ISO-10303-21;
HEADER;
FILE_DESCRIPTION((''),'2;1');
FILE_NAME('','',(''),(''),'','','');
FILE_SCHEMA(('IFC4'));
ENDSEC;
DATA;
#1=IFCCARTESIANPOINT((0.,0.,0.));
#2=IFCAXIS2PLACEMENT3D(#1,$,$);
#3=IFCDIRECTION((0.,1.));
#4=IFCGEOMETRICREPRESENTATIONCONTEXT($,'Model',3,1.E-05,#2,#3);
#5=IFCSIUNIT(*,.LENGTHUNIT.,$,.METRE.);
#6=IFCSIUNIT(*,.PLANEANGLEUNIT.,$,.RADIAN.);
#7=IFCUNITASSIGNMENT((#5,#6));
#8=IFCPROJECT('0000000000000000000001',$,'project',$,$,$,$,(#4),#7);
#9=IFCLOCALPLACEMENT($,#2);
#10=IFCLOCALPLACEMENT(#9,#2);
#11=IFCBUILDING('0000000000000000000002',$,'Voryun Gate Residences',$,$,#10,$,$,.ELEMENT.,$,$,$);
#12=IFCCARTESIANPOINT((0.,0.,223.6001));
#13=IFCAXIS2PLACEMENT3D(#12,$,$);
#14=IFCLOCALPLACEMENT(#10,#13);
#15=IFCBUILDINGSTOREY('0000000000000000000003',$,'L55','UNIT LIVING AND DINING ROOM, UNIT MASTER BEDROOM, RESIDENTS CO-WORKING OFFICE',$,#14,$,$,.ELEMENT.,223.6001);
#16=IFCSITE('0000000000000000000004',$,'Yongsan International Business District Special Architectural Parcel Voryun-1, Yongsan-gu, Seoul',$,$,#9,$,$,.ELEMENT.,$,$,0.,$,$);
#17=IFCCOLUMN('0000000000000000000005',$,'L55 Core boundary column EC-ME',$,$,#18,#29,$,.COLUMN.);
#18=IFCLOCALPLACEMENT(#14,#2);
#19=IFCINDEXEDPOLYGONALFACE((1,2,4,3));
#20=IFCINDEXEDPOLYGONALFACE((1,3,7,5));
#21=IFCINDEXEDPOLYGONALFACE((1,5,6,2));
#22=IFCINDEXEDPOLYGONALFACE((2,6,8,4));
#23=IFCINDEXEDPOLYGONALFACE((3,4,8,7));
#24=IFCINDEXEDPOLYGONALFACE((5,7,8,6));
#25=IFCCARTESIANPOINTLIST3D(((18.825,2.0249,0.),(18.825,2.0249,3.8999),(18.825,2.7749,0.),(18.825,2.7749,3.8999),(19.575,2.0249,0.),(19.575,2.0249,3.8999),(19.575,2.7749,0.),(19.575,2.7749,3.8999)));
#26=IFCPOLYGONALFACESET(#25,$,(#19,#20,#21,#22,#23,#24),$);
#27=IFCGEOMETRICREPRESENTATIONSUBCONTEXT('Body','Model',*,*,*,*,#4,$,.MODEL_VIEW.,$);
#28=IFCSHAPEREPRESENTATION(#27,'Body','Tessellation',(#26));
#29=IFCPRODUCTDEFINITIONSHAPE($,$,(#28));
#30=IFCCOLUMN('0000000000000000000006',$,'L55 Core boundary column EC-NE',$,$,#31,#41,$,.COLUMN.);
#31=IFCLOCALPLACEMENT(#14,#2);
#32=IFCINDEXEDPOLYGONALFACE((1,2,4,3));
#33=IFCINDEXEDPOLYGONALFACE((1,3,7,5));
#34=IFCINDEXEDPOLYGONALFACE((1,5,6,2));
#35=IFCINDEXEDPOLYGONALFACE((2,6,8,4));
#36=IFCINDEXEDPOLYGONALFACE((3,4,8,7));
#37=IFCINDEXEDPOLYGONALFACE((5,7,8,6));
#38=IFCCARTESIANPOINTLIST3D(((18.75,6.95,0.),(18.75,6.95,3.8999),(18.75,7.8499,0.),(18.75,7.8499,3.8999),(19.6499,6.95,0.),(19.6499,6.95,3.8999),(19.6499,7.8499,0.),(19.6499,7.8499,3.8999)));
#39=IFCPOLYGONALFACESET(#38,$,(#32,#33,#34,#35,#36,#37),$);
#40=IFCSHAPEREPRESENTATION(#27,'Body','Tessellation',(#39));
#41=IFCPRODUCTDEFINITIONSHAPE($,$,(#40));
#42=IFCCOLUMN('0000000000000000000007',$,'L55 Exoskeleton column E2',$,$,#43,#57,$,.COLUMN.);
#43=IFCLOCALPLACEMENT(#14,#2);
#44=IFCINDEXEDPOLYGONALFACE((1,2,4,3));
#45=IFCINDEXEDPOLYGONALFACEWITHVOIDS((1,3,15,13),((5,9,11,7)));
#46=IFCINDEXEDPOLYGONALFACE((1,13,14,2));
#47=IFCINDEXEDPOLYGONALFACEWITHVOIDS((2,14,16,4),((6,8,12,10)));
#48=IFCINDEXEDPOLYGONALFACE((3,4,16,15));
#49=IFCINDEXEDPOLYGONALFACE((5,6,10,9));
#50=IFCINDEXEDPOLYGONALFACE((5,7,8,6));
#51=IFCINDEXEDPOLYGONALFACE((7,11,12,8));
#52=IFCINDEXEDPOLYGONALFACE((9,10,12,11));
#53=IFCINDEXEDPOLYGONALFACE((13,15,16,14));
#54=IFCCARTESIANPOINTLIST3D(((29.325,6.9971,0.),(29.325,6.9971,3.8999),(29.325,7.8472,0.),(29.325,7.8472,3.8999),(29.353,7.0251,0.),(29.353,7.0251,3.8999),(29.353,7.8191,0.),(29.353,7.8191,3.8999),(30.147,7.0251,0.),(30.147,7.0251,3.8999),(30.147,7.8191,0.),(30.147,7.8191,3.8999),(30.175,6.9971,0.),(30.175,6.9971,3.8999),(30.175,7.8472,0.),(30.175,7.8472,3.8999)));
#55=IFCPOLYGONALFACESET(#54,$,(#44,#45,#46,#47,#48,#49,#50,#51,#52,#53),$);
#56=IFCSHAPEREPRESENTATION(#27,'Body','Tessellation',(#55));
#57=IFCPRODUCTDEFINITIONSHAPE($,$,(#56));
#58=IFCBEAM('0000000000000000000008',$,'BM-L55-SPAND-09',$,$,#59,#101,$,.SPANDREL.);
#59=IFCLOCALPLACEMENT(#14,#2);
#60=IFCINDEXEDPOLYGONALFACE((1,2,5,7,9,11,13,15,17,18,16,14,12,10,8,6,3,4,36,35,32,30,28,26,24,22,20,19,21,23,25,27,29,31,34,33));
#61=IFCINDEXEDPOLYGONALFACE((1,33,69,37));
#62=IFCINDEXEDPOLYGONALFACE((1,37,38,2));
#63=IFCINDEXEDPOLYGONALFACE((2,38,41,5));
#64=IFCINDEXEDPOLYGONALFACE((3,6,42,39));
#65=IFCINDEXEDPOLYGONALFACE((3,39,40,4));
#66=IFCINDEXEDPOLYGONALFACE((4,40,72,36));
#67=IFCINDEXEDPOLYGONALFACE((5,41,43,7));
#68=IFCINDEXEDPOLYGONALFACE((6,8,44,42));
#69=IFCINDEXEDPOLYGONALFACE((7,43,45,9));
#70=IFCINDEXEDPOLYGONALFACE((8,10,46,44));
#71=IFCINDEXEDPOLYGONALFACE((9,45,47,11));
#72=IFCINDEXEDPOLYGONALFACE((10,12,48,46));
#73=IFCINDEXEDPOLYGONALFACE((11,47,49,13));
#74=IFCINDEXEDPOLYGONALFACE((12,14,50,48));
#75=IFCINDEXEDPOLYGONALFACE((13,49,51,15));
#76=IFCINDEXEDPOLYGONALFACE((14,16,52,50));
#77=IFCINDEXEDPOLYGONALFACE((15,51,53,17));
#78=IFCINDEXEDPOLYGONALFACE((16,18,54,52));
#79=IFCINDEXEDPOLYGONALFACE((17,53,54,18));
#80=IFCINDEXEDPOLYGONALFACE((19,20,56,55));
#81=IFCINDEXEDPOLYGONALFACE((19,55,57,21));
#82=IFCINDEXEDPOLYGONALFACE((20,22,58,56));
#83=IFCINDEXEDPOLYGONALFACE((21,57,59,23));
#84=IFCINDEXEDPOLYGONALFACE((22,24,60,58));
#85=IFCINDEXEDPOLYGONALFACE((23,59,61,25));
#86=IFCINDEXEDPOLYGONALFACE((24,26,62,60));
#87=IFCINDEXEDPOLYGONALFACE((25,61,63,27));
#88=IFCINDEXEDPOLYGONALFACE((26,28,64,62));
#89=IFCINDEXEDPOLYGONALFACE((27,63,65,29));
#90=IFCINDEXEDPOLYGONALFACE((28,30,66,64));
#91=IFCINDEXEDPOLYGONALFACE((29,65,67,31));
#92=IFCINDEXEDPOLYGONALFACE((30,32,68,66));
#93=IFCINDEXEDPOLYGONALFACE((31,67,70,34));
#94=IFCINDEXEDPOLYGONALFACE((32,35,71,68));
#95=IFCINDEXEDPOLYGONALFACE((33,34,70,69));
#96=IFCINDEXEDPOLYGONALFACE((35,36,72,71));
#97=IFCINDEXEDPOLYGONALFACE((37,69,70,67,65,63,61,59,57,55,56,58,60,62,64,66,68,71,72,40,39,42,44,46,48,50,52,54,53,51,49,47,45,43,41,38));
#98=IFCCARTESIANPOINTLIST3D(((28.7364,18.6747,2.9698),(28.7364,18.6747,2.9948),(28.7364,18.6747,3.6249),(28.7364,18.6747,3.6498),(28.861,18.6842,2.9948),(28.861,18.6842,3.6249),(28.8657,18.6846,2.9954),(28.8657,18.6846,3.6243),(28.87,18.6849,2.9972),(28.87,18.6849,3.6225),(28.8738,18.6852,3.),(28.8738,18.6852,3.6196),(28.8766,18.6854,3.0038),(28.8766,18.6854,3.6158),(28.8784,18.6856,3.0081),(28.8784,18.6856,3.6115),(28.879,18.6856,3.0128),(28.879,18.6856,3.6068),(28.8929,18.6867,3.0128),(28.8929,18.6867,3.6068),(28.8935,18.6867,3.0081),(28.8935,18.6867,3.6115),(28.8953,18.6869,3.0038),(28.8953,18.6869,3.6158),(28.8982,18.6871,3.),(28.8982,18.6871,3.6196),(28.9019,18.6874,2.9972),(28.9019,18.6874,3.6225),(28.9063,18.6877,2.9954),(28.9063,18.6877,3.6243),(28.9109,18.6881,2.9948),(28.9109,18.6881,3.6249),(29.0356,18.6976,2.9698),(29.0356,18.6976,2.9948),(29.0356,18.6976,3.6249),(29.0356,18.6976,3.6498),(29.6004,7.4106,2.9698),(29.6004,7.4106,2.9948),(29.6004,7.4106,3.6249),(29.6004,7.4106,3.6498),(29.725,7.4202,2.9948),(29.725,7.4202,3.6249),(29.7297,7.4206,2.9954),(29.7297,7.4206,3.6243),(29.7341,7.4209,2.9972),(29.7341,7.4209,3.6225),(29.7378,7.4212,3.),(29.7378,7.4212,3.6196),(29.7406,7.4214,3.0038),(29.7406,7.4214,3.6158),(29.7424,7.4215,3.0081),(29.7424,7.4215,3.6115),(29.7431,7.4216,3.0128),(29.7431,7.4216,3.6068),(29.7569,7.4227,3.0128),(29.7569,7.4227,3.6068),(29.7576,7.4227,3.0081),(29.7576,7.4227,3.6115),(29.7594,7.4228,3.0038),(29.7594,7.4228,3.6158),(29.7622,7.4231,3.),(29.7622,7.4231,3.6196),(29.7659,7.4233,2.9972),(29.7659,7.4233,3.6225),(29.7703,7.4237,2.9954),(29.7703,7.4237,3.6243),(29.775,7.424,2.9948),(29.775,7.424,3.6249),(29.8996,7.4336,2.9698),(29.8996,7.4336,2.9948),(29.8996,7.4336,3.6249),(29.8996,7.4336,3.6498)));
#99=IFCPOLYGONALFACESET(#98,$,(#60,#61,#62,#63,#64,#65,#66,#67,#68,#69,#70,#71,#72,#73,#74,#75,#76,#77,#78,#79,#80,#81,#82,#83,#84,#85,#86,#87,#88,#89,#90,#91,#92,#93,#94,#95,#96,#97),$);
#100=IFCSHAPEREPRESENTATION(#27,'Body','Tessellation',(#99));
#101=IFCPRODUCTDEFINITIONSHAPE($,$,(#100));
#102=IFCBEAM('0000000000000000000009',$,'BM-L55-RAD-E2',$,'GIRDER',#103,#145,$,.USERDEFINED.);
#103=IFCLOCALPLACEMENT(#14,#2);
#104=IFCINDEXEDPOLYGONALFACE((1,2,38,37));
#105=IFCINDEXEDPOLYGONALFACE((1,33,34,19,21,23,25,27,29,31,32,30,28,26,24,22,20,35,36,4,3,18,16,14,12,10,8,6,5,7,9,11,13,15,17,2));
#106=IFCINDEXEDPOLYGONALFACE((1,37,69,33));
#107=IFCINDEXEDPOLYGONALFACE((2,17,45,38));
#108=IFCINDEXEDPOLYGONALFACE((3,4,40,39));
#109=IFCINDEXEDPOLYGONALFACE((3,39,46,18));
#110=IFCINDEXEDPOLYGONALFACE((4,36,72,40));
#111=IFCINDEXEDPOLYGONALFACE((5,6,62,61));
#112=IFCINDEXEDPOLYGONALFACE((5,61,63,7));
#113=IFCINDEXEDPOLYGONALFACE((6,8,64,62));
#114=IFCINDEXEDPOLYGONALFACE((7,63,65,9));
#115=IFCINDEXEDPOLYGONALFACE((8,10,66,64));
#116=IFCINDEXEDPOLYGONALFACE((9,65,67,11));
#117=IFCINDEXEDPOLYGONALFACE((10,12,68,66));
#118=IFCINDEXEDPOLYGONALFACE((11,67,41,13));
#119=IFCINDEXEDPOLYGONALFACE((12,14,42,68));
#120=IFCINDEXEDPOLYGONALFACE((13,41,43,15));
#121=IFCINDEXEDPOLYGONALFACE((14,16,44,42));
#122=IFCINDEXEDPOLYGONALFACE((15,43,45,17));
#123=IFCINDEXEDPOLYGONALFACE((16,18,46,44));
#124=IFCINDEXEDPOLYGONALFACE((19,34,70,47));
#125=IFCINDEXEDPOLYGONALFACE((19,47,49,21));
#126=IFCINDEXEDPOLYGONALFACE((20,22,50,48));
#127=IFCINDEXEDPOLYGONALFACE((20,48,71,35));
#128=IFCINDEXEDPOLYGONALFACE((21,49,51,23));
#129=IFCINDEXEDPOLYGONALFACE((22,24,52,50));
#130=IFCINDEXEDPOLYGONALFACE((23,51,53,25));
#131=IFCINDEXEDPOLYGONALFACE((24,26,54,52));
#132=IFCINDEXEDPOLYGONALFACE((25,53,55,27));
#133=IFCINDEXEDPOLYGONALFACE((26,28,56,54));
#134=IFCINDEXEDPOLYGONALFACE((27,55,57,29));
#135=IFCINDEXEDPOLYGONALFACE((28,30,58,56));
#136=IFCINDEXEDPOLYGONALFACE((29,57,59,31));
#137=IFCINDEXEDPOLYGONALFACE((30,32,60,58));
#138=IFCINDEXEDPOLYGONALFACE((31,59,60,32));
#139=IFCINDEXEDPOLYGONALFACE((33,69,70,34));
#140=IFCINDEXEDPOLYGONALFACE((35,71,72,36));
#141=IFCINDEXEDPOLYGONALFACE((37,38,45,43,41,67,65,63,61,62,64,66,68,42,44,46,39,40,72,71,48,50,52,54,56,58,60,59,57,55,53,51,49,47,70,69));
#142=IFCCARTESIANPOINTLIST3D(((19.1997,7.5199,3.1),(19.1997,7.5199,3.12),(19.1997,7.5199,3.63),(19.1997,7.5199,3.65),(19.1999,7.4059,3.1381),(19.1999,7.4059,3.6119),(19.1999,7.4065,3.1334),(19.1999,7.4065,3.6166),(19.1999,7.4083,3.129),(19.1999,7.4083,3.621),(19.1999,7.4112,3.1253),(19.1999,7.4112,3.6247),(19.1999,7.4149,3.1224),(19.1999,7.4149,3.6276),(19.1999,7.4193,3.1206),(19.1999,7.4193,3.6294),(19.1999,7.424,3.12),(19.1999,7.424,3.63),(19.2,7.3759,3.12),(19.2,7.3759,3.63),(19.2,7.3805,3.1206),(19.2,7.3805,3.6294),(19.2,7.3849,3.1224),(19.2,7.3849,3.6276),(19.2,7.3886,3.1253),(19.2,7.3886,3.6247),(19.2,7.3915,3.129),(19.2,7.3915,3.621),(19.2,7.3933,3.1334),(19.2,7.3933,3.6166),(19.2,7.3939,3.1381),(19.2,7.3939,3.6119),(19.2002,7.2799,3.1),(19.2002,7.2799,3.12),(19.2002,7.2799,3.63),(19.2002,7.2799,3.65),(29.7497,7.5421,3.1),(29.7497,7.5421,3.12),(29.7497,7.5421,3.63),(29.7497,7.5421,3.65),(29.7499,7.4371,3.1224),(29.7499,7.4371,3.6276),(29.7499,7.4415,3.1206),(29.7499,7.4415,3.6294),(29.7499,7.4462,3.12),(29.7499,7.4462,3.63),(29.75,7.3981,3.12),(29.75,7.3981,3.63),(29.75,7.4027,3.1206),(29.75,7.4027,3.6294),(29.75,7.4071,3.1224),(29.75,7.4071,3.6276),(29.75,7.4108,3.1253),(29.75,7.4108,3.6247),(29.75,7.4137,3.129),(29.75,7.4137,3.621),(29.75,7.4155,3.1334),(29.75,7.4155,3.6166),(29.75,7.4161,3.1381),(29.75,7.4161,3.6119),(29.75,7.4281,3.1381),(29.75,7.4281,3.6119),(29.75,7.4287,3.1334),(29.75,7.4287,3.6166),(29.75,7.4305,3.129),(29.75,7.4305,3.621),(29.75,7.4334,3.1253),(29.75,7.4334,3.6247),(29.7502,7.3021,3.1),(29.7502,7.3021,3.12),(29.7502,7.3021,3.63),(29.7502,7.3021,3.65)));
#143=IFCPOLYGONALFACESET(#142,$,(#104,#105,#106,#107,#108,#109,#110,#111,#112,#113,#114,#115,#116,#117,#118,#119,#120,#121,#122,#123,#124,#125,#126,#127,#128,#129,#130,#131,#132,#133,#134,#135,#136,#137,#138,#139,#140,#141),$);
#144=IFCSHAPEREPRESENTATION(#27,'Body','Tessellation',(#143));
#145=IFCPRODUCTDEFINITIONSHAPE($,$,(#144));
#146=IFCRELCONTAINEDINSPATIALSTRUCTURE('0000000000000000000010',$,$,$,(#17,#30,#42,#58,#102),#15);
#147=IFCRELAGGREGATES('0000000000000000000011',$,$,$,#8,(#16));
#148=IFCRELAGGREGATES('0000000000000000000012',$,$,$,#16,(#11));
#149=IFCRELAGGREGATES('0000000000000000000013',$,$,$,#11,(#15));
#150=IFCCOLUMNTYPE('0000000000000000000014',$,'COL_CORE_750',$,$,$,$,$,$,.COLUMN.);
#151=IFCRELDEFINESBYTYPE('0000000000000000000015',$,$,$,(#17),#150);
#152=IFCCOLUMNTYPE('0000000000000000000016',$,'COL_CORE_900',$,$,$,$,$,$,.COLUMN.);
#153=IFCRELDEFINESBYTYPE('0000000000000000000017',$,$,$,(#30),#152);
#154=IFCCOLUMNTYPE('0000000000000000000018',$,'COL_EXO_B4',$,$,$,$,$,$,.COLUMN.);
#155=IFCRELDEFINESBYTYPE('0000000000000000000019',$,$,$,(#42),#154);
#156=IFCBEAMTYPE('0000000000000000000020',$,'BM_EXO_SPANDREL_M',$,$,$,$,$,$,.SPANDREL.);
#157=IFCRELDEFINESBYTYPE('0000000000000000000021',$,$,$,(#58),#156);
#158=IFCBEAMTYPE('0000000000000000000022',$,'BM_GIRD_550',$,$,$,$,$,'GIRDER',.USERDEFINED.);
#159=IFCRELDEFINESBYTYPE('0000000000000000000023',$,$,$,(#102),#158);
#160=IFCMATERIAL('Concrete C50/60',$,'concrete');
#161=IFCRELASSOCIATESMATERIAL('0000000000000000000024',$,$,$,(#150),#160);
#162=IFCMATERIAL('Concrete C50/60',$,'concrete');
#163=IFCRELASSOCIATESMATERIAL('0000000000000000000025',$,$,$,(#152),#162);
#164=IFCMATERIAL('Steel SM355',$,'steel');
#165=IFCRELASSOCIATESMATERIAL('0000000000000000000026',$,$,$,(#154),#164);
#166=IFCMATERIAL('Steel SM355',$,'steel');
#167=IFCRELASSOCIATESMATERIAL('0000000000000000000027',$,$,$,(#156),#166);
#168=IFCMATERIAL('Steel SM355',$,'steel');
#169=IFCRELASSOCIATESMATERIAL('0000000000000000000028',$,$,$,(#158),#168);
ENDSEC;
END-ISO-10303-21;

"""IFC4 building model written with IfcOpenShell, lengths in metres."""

from ifc_helpers import new_model, si_unit, direction, frame, origin, origin_2d, place, context, subcontext, project, spatial, rectangle, hollow_rectangle, i_section, extrude, material, material_profile, profile_set, type_object, element, save


model = new_model("IFC4")

# Units and contexts
model_context = context("Model", 3, precision=1e-05, world=origin(), true_north=direction((0.0, 1.0)))
body_context = subcontext(model_context, "Body", "Model", "MODEL_VIEW")
ifc_project = project(units=[si_unit("LENGTHUNIT", "METRE"), si_unit("PLANEANGLEUNIT", "RADIAN")], contexts=[model_context])

# Site, building, storey
site_placement = place(None, origin())
site = spatial("IfcSite", under=ifc_project, at=site_placement, Name="Yongsan International Business District Special Architectural Parcel Voryun-1, Yongsan-gu, Seoul", CompositionType="ELEMENT", RefElevation=0.0)
building_placement = place(site_placement, origin())
building = spatial("IfcBuilding", under=site, at=building_placement, Name="Voryun Gate Residences", CompositionType="ELEMENT")
storey_placement = place(building_placement, frame((0.0, 0.0, 223.6001)))
storey = spatial("IfcBuildingStorey", under=building, at=storey_placement, Name="L55", Description="UNIT LIVING AND DINING ROOM, UNIT MASTER BEDROOM, RESIDENTS CO-WORKING OFFICE", CompositionType="ELEMENT", Elevation=223.6001)

# Columns
ifc_material_1 = material(Name="Concrete C50/60", Category="concrete")
ifc_material_profile_1 = material_profile(ifc_material_1, rectangle(XDim=0.75, YDim=0.75, at=origin_2d()), Name="RC-750x750")
ifc_profile_set_1 = profile_set([ifc_material_profile_1], Name="Concrete C50/60")
column_type_1 = type_object("IfcColumnType", Name="COL_CORE_750", PredefinedType="COLUMN", material=ifc_profile_set_1)
column_1_placement = place(storey_placement, frame((19.2, 2.3999, 0.0), z_axis=(0.0, 0.0, 1.0), x_axis=(1.0, 0.0, 0.0)))
element("IfcColumn", 1, at=column_1_placement, inside=storey, type_object=column_type_1, Name="L55 Core boundary column EC-ME", PredefinedType="COLUMN", context=body_context, shape_type="SweptSolid", body=[
    extrude(rectangle(XDim=0.75, YDim=0.75, at=origin_2d()), origin(), (0.0, 0.0, 1.0), 3.8999),
])
ifc_material_2 = material(Name="Concrete C50/60", Category="concrete")
ifc_material_profile_2 = material_profile(ifc_material_2, rectangle(XDim=0.8999, YDim=0.8999, at=origin_2d()), Name="RC-900x900")
ifc_profile_set_2 = profile_set([ifc_material_profile_2], Name="Concrete C50/60")
column_type_2 = type_object("IfcColumnType", Name="COL_CORE_900", PredefinedType="COLUMN", material=ifc_profile_set_2)
column_2_placement = place(storey_placement, frame((19.2, 7.3999, 0.0), z_axis=(0.0, 0.0, 1.0), x_axis=(1.0, 0.0, 0.0)))
element("IfcColumn", 2, at=column_2_placement, inside=storey, type_object=column_type_2, Name="L55 Core boundary column EC-NE", PredefinedType="COLUMN", context=body_context, shape_type="SweptSolid", body=[
    extrude(rectangle(XDim=0.8999, YDim=0.8999, at=origin_2d()), origin(), (0.0, 0.0, 1.0), 3.8999),
])
ifc_material_3 = material(Name="Steel SM355", Category="steel")
ifc_material_profile_3 = material_profile(ifc_material_3, hollow_rectangle(XDim=0.8501, YDim=0.8501, WallThickness=0.0281, at=origin_2d()), Name="BOX-850x850x28")
ifc_profile_set_3 = profile_set([ifc_material_profile_3], Name="Steel SM355")
column_type_3 = type_object("IfcColumnType", Name="COL_EXO_B4", PredefinedType="COLUMN", material=ifc_profile_set_3)
column_3_placement = place(storey_placement, frame((29.75, 7.4221, 0.0), z_axis=(0.0, 0.0, 1.0), x_axis=(1.0, 0.0, 0.0)))
element("IfcColumn", 3, at=column_3_placement, inside=storey, type_object=column_type_3, Name="L55 Exoskeleton column E2", PredefinedType="COLUMN", context=body_context, shape_type="SweptSolid", body=[
    extrude(hollow_rectangle(XDim=0.8501, YDim=0.8501, WallThickness=0.0281, at=origin_2d()), origin(), (0.0, 0.0, 1.0), 3.8999),
])

# Beams
ifc_material_4 = material(Name="Steel SM355", Category="steel")
ifc_material_profile_4 = material_profile(ifc_material_4, i_section(OverallWidth=0.3, OverallDepth=0.6799, WebThickness=0.0139, FlangeThickness=0.0249, FilletRadius=0.0181, at=origin_2d()), Name="H-680x300x14x25")
ifc_profile_set_4 = profile_set([ifc_material_profile_4], Name="Steel SM355")
beam_type_1 = type_object("IfcBeamType", Name="BM_EXO_SPANDREL_M", PredefinedType="SPANDREL", material=ifc_profile_set_4)
beam_1_placement = place(storey_placement, frame((29.75, 7.4221, 3.3098), z_axis=(-0.076482, 0.997071, 0.0), x_axis=(-0.997071, -0.076482, 0.0)))
element("IfcBeam", 4, at=beam_1_placement, inside=storey, type_object=beam_type_1, Name="BM-L55-SPAND-09", PredefinedType="SPANDREL", context=body_context, shape_type="SweptSolid", body=[
    extrude(i_section(OverallWidth=0.3, OverallDepth=0.6799, WebThickness=0.0139, FlangeThickness=0.0249, FilletRadius=0.0181, at=origin_2d()), origin(), (0.0, 0.0, 1.0), 11.2971),
])
ifc_material_5 = material(Name="Steel SM355", Category="steel")
ifc_material_profile_5 = material_profile(ifc_material_5, i_section(OverallWidth=0.24, OverallDepth=0.55, WebThickness=0.012, FlangeThickness=0.02, FilletRadius=0.0181, at=origin_2d()), Name="H-550x240x12x20")
ifc_profile_set_5 = profile_set([ifc_material_profile_5], Name="Steel SM355")
beam_type_2 = type_object("IfcBeamType", Name="BM_GIRD_550", ElementType="GIRDER", PredefinedType="USERDEFINED", material=ifc_profile_set_5)
beam_2_placement = place(storey_placement, frame((19.2, 7.3999, 3.375), z_axis=(0.999998, 0.002106, 0.0), x_axis=(-0.002106, 0.999998, 0.0)))
element("IfcBeam", 5, at=beam_2_placement, inside=storey, type_object=beam_type_2, Name="BM-L55-RAD-E2", ObjectType="GIRDER", PredefinedType="USERDEFINED", context=body_context, shape_type="SweptSolid", body=[
    extrude(i_section(OverallWidth=0.24, OverallDepth=0.55, WebThickness=0.012, FlangeThickness=0.02, FilletRadius=0.0181, at=origin_2d()), origin(), (0.0, 0.0, 1.0), 10.55),
])

save(model, "model.ifc")
